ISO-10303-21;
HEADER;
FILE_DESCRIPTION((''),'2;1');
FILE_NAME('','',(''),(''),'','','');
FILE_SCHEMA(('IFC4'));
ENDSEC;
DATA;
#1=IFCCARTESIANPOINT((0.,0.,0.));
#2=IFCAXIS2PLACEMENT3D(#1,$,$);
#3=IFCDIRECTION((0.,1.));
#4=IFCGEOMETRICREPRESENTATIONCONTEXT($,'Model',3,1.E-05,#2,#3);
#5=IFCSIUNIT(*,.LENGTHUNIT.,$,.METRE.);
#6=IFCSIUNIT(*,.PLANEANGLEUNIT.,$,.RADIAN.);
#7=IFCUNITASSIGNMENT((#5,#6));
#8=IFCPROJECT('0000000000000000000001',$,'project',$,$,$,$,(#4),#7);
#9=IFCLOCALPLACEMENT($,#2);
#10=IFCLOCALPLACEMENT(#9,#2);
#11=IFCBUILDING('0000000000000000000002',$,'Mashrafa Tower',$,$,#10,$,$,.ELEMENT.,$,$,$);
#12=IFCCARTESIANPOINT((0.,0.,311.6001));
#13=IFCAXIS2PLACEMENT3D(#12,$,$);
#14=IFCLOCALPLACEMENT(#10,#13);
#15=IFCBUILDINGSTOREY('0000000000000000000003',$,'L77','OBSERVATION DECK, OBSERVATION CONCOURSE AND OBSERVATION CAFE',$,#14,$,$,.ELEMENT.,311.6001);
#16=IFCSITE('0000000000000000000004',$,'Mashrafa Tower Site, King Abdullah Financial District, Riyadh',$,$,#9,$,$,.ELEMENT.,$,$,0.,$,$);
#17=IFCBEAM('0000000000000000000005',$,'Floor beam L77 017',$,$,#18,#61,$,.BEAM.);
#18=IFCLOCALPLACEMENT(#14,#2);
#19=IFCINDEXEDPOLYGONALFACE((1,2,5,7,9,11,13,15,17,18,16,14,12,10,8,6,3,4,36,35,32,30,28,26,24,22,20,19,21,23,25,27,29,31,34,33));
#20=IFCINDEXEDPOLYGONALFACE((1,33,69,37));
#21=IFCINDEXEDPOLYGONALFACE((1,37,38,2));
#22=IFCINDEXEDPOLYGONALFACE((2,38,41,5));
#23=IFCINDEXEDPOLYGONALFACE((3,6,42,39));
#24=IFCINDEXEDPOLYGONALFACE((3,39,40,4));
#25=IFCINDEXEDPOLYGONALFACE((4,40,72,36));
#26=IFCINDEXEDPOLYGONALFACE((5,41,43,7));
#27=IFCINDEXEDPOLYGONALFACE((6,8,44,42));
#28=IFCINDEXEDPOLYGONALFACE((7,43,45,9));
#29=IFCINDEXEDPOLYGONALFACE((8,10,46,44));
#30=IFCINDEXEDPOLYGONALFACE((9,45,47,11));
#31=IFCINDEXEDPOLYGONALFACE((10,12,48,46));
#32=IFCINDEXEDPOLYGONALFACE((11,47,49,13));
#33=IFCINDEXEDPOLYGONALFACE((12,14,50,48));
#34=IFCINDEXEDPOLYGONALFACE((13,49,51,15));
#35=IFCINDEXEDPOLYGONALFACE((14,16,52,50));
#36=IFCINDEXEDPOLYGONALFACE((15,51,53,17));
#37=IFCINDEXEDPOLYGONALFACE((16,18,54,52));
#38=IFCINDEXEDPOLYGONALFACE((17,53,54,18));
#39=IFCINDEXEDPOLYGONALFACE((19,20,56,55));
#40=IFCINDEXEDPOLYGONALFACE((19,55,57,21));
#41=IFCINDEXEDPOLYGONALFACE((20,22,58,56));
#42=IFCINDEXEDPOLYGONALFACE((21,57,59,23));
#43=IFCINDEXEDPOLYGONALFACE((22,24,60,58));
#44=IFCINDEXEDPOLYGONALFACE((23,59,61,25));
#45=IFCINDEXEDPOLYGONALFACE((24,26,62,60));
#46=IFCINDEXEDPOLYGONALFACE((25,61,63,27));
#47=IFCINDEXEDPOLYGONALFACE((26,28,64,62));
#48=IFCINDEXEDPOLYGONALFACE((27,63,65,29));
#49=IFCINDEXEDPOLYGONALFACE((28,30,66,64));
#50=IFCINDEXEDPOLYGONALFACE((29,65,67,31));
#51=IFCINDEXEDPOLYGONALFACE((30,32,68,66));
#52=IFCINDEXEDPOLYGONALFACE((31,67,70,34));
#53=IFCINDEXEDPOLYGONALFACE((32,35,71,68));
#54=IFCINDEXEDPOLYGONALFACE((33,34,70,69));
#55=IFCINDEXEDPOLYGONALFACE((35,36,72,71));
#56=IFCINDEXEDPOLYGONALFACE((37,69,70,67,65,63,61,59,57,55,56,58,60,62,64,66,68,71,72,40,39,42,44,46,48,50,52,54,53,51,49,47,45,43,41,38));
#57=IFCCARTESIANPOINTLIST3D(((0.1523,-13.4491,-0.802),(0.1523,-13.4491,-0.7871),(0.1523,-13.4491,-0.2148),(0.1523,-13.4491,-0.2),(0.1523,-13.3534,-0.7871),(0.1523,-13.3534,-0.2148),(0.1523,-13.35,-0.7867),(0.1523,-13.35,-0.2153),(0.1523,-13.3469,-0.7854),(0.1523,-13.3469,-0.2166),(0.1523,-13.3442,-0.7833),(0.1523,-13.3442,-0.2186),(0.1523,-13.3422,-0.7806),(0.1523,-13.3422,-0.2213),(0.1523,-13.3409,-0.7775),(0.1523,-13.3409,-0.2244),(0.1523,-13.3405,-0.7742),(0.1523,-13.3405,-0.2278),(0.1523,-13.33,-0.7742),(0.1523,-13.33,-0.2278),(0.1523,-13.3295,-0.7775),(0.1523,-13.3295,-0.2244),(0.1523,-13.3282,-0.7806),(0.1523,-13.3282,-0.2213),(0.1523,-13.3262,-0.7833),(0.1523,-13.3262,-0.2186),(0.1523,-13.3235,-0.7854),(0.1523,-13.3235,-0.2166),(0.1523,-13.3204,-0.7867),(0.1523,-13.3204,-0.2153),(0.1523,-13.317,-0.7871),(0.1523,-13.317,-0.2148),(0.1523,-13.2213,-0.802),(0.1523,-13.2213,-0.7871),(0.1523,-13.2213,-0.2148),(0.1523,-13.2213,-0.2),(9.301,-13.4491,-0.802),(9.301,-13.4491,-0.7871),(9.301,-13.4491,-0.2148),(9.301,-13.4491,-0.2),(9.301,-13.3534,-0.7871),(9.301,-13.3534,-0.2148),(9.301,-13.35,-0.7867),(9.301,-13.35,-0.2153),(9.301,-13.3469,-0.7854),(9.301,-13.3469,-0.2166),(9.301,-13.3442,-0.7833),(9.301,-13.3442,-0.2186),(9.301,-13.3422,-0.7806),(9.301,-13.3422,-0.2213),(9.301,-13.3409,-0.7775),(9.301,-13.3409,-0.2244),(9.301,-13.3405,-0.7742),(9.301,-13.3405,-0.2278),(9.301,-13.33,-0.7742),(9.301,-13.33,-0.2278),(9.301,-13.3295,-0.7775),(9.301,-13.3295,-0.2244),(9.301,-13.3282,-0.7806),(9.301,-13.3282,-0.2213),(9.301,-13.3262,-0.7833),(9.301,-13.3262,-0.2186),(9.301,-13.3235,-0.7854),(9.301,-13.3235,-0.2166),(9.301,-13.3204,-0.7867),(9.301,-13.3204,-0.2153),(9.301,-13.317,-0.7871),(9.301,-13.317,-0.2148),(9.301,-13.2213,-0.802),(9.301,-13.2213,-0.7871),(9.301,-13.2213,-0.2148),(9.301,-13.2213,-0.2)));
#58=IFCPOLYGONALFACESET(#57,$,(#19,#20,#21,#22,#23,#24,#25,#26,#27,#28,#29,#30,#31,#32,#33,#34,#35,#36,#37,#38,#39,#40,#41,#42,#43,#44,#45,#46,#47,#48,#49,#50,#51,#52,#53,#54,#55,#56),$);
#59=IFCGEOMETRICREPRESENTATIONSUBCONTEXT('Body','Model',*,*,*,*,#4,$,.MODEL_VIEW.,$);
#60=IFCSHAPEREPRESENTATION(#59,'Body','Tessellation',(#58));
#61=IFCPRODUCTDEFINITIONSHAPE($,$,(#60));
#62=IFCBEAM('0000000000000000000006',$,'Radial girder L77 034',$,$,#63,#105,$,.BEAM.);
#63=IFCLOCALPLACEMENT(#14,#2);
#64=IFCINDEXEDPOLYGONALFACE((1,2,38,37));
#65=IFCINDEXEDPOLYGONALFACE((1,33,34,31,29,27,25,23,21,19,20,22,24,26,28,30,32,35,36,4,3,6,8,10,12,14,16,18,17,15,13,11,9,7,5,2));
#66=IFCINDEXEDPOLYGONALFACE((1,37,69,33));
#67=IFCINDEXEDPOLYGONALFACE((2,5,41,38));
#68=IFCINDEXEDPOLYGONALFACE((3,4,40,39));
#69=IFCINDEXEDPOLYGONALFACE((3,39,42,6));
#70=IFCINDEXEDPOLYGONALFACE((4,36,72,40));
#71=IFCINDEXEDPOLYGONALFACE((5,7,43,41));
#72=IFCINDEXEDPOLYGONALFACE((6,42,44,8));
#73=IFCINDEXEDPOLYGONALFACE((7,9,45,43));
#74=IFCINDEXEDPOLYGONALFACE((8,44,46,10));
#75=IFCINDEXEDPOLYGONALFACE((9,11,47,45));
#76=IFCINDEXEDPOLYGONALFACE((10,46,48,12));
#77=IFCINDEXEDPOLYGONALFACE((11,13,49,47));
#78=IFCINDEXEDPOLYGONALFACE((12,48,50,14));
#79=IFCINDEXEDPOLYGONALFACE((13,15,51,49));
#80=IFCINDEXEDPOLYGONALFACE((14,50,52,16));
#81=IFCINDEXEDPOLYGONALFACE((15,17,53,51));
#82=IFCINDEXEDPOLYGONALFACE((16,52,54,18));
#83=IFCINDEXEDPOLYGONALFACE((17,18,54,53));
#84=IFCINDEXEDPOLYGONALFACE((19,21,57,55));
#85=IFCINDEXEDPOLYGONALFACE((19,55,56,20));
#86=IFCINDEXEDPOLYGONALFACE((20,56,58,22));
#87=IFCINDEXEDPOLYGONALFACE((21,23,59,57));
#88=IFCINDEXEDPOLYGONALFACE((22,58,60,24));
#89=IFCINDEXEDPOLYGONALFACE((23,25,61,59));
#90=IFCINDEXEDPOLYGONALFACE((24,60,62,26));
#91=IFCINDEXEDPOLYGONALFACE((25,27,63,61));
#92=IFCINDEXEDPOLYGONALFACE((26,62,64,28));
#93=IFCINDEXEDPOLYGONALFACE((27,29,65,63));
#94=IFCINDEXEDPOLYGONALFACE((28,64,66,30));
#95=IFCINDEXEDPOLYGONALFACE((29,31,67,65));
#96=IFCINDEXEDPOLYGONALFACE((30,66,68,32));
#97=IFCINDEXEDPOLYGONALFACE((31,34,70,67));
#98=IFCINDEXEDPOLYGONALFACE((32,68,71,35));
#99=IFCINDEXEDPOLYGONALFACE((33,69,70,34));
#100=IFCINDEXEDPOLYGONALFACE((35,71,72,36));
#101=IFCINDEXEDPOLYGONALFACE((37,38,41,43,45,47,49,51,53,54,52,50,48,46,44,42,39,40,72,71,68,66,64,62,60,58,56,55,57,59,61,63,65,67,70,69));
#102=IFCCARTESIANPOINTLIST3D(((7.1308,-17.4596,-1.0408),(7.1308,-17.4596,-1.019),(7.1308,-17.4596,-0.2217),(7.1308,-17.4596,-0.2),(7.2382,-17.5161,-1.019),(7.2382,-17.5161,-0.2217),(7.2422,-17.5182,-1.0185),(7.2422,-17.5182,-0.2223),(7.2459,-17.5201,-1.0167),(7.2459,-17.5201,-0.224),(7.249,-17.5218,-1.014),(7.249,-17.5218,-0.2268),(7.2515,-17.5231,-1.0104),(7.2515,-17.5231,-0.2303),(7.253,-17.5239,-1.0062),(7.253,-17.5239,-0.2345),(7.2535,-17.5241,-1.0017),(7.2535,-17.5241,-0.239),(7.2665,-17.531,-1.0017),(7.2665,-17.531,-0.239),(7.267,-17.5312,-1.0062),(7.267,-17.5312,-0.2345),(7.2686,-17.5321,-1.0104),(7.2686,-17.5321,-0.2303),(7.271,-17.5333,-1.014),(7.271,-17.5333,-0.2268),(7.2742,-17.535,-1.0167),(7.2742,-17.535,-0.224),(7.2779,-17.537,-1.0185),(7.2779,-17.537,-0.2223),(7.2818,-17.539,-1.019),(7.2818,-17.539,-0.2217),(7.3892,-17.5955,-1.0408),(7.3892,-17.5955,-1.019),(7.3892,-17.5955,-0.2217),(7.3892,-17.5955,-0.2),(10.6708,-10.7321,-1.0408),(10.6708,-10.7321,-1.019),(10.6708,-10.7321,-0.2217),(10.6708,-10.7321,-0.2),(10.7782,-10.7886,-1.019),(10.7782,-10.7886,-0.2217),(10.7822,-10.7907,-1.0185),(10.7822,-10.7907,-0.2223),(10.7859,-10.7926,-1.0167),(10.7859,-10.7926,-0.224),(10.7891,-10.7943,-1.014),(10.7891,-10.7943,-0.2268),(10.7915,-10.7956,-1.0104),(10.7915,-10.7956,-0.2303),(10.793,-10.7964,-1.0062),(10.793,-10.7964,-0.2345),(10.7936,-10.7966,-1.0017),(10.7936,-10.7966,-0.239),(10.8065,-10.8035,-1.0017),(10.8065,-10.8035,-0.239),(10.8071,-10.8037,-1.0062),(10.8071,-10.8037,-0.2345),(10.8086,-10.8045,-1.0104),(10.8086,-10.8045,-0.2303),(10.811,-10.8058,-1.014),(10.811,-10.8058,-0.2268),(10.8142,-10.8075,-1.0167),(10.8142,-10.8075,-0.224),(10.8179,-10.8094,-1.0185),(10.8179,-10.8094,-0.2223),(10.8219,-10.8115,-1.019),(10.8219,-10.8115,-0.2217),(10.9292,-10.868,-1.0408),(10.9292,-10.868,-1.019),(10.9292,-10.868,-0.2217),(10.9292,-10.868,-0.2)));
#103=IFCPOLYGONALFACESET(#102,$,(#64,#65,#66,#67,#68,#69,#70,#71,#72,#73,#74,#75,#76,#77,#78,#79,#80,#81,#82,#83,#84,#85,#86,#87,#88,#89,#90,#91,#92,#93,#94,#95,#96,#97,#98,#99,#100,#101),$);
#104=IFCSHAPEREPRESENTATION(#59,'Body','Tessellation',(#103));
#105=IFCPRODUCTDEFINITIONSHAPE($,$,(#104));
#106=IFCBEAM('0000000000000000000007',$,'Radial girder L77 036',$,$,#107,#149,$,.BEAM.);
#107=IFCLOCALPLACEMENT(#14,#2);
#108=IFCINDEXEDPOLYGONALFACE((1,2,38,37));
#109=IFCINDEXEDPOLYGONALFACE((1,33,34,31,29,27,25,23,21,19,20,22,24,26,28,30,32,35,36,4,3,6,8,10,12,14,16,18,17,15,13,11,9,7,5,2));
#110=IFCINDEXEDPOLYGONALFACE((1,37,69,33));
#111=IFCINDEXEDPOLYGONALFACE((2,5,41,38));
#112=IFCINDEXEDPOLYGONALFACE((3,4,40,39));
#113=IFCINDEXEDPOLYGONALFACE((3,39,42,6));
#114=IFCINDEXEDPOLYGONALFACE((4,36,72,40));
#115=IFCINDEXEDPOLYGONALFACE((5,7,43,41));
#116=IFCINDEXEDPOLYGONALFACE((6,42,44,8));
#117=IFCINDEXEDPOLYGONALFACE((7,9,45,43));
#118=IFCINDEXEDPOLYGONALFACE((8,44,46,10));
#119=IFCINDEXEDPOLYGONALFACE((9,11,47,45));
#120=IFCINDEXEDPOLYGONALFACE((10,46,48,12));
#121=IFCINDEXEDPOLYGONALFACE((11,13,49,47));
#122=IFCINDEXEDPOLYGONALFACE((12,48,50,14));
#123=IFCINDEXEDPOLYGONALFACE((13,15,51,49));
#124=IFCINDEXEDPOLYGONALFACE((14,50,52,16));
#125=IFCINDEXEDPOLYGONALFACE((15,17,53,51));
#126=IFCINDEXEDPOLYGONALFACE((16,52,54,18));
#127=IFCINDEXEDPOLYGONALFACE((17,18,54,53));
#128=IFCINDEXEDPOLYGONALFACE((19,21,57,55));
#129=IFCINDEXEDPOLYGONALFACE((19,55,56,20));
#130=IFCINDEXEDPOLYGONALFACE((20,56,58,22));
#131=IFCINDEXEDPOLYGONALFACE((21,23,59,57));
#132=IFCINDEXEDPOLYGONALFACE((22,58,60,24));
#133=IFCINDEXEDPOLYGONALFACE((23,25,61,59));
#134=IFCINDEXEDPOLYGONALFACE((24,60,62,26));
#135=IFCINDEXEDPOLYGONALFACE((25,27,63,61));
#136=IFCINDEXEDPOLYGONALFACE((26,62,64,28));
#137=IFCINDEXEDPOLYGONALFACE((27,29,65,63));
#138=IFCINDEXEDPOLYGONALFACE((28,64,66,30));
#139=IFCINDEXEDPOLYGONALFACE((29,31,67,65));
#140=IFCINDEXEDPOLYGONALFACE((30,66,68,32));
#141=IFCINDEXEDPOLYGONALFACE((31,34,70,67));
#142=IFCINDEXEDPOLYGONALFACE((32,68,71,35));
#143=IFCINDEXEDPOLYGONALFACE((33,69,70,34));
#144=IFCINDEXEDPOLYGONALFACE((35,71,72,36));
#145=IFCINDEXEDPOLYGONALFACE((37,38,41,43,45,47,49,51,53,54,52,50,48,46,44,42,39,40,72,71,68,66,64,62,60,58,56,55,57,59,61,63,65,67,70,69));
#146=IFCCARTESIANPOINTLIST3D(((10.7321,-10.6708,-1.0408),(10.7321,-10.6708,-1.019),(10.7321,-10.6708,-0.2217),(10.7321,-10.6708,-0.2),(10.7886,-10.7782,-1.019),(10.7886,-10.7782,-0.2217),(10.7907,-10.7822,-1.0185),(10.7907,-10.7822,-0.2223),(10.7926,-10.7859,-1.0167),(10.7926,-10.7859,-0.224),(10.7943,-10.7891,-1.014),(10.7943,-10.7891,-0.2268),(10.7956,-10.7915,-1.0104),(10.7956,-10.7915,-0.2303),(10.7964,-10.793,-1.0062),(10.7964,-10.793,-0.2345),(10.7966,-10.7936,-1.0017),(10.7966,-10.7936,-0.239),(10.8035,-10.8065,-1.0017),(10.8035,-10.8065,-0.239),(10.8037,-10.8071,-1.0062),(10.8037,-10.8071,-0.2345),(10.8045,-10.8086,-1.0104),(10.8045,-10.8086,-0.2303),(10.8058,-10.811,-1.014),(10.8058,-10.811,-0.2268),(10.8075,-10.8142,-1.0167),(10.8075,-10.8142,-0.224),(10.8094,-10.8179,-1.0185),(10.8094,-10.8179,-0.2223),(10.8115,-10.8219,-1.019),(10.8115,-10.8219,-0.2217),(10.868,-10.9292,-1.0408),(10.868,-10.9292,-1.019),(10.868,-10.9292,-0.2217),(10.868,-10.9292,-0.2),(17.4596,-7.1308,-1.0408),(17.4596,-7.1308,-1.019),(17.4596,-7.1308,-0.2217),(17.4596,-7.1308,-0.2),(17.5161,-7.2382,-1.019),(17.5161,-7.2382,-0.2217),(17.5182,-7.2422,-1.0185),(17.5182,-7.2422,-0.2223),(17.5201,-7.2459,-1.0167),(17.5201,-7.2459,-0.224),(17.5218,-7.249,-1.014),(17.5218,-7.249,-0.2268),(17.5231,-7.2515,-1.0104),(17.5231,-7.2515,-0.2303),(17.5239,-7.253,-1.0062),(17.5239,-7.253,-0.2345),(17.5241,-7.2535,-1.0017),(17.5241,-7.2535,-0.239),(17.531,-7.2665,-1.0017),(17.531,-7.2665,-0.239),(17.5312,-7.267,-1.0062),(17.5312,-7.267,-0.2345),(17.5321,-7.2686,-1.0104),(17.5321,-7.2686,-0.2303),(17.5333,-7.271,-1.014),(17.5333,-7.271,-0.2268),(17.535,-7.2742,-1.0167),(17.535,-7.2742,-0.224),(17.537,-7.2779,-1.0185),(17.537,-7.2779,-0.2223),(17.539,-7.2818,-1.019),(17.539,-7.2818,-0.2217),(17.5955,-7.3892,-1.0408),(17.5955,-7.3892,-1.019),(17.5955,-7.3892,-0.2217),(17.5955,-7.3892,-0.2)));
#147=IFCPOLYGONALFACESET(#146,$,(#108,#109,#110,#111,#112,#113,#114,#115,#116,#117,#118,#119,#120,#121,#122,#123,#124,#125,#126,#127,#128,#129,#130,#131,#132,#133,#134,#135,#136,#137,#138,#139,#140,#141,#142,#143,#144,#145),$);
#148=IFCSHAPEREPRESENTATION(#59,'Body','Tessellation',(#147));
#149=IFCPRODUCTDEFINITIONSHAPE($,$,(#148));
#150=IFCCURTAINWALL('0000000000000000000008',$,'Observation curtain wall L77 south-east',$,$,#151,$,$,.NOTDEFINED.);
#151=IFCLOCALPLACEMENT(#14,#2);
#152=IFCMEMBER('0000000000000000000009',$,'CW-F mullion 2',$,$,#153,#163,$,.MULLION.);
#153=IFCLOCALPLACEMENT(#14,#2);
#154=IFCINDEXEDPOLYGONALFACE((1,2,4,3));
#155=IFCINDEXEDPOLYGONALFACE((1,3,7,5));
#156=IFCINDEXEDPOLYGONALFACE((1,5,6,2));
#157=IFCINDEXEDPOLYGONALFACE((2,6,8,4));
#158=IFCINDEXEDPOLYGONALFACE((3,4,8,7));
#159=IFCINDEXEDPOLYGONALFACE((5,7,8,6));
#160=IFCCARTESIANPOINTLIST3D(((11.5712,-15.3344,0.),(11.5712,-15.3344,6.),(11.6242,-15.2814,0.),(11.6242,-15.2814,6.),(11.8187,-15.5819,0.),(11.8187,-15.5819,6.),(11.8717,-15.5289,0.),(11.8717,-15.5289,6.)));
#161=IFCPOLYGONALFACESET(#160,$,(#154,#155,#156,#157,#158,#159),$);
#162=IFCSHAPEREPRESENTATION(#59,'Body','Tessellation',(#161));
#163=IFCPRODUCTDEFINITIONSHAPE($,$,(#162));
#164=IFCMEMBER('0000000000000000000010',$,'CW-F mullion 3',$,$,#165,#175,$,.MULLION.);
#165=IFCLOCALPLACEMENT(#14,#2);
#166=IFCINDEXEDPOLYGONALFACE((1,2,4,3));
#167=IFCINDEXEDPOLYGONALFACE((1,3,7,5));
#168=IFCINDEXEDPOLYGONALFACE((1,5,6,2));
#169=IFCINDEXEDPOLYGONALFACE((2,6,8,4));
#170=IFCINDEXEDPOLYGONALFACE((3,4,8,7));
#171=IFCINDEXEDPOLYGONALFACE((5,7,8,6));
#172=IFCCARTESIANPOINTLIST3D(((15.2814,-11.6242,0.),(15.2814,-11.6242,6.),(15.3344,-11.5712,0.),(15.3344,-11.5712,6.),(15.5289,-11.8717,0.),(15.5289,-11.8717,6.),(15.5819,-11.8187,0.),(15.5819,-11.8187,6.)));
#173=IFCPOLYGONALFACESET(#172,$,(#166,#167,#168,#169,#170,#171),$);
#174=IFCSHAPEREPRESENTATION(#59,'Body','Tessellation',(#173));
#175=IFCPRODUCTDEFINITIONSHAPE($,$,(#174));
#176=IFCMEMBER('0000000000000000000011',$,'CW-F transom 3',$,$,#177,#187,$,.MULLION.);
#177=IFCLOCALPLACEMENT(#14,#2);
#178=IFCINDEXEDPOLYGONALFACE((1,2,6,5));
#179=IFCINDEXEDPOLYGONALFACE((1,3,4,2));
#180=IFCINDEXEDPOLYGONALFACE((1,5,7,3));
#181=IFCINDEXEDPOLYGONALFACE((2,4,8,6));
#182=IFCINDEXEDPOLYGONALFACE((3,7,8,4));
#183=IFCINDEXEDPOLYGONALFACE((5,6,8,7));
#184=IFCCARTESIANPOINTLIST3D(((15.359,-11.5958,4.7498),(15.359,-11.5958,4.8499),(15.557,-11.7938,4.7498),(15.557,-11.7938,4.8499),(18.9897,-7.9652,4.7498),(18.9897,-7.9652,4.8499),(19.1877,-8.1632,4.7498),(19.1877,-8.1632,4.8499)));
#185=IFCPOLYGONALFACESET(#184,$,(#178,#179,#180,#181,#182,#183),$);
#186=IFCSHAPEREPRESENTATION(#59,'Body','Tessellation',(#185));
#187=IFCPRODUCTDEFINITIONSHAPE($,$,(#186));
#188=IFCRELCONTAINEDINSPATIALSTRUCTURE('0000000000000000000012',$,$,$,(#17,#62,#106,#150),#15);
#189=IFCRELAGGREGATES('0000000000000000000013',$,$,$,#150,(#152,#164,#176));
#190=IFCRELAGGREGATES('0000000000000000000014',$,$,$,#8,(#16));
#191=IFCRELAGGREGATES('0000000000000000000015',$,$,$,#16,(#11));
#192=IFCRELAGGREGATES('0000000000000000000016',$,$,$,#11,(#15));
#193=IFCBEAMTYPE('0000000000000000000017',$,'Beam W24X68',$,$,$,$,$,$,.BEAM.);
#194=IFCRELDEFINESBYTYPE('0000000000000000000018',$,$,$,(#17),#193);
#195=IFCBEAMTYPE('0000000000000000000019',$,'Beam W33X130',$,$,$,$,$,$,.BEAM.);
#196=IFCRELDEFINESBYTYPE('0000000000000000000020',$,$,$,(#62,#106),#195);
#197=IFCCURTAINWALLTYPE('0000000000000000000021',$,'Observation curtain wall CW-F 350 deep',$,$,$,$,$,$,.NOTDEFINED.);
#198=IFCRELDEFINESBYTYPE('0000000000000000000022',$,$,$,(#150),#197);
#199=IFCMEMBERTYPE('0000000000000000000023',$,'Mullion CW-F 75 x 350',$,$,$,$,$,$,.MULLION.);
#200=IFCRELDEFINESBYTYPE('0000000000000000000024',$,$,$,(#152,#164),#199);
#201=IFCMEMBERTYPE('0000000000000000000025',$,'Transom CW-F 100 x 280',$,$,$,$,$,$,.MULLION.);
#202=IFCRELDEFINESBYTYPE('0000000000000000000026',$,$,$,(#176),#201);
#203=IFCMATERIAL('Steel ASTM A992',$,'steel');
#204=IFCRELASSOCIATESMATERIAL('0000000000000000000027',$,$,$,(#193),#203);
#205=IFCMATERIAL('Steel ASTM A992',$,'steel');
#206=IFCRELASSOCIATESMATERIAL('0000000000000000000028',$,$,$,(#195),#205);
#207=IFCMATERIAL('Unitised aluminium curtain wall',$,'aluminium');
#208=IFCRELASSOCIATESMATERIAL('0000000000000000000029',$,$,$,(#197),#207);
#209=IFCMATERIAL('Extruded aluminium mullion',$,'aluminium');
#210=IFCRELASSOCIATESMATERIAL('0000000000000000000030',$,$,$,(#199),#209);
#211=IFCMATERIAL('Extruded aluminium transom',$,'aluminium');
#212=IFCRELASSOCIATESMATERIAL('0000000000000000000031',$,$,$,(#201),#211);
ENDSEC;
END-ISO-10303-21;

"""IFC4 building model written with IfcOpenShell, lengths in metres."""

from ifc_helpers import new_model, si_unit, direction, frame, origin, origin_2d, place, context, subcontext, project, spatial, rectangle, i_section, extrude, source, transform, mapped, material, material_profile, profile_set, type_object, type_shapes, element, aggregate, save


model = new_model("IFC4")

# Units and contexts
model_context = context("Model", 3, precision=1e-05, world=origin(), true_north=direction((0.0, 1.0)))
body_context = subcontext(model_context, "Body", "Model", "MODEL_VIEW")
ifc_project = project(units=[si_unit("LENGTHUNIT", "METRE"), si_unit("PLANEANGLEUNIT", "RADIAN")], contexts=[model_context])

# Site, building, storey
site_placement = place(None, origin())
site = spatial("IfcSite", under=ifc_project, at=site_placement, Name="Mashrafa Tower Site, King Abdullah Financial District, Riyadh", CompositionType="ELEMENT", RefElevation=0.0)
building_placement = place(site_placement, origin())
building = spatial("IfcBuilding", under=site, at=building_placement, Name="Mashrafa Tower", CompositionType="ELEMENT")
storey_placement = place(building_placement, frame((0.0, 0.0, 311.6001)))
storey = spatial("IfcBuildingStorey", under=building, at=storey_placement, Name="L77", Description="OBSERVATION DECK, OBSERVATION CONCOURSE AND OBSERVATION CAFE", CompositionType="ELEMENT", Elevation=311.6001)

# Beams
ifc_material_1 = material(Name="Steel ASTM A992", Category="steel")
ifc_material_profile_1 = material_profile(ifc_material_1, i_section(OverallWidth=0.2278, OverallDepth=0.6021, WebThickness=0.0105, FlangeThickness=0.0149, FilletRadius=0.0129, at=origin_2d()), Name="W24X68")
ifc_profile_set_1 = profile_set([ifc_material_profile_1], Name="Steel ASTM A992")
beam_type_1 = type_object("IfcBeamType", Name="Beam W24X68", PredefinedType="BEAM", material=ifc_profile_set_1)
beam_1_placement = place(storey_placement, frame((9.301, -13.3352, -0.501), z_axis=(-1.0, 0.0, 0.0), x_axis=(0.0, -1.0, 0.0)))
element("IfcBeam", 1, at=beam_1_placement, inside=storey, type_object=beam_type_1, Name="Floor beam L77 017", PredefinedType="BEAM", context=body_context, shape_type="SweptSolid", body=[
    extrude(i_section(OverallWidth=0.2278, OverallDepth=0.6021, WebThickness=0.0105, FlangeThickness=0.0149, FilletRadius=0.0129, at=origin_2d()), origin(), (0.0, 0.0, 1.0), 9.1487),
])
ifc_material_2 = material(Name="Steel ASTM A992", Category="steel")
ifc_material_profile_2 = material_profile(ifc_material_2, i_section(OverallWidth=0.292, OverallDepth=0.8408, WebThickness=0.0146, FlangeThickness=0.0217, FilletRadius=0.0173, at=origin_2d()), Name="W33X130")
ifc_profile_set_2 = profile_set([ifc_material_profile_2], Name="Steel ASTM A992")
beam_type_2 = type_object("IfcBeamType", Name="Beam W33X130", PredefinedType="BEAM", material=ifc_profile_set_2)
for number, where, z_axis, x_axis, name in (
    (2, (10.8, -10.8, -0.6204), (-0.465667, -0.88496, 0.0), (0.88496, -0.465667, 0.0), "Radial girder L77 034"),
    (3, (10.8, -10.8, -0.6204), (0.88496, 0.465667, 0.0), (-0.465667, 0.88496, 0.0), "Radial girder L77 036"),
):
    element("IfcBeam", number, at=place(storey_placement, frame(where, z_axis=z_axis, x_axis=x_axis)), inside=storey, type_object=beam_type_2, Name=name, PredefinedType="BEAM", context=body_context, shape_type="SweptSolid", body=[
        extrude(i_section(OverallWidth=0.292, OverallDepth=0.8408, WebThickness=0.0146, FlangeThickness=0.0217, FilletRadius=0.0173, at=origin_2d()), origin(), (0.0, 0.0, 1.0), 7.6021),
    ])

# Curtain wall, members
ifc_material_3 = material(Name="Unitised aluminium curtain wall", Category="aluminium")
curtain_wall_type = type_object("IfcCurtainWallType", Name="Observation curtain wall CW-F 350 deep", PredefinedType="NOTDEFINED", material=ifc_material_3)
curtain_wall_placement = place(storey_placement, origin())
curtain_wall = element("IfcCurtainWall", 4, at=curtain_wall_placement, inside=storey, type_object=curtain_wall_type, Name="Observation curtain wall L77 south-east", PredefinedType="NOTDEFINED")
ifc_material_4 = material(Name="Extruded aluminium mullion", Category="aluminium")
ifc_material_profile_3 = material_profile(ifc_material_4, rectangle(XDim=0.3501, YDim=0.075, at=origin_2d()), Name="Mullion 75x350")
ifc_profile_set_3 = profile_set([ifc_material_profile_3], Name="Extruded aluminium mullion")
member_type_1 = type_object("IfcMemberType", Name="Mullion CW-F 75 x 350", PredefinedType="MULLION", material=ifc_profile_set_3)
shared_shape_1 = source(origin(), body_context, "Body", "SweptSolid", [
    extrude(rectangle(XDim=0.3501, YDim=0.075, at=origin_2d()), origin(), (0.0, 0.0, 1.0), 6.0),
])
type_shapes(member_type_1, [shared_shape_1])
member_1_placement = place(storey_placement, frame((11.7214, -15.4316, 0.0), z_axis=(0.0, 0.0, 1.0), x_axis=(-0.707107, 0.707107, 0.0)))
member_1 = element("IfcMember", 5, at=member_1_placement, type_object=member_type_1, Name="CW-F mullion 2", PredefinedType="MULLION", context=body_context, shape_type="MappedRepresentation", body=[
    mapped(shared_shape_1, transform((0.0, 0.0, 0.0))),
])
member_2_placement = place(storey_placement, frame((15.4316, -11.7214, 0.0), z_axis=(0.0, 0.0, 1.0), x_axis=(-0.707107, 0.707107, 0.0)))
member_2 = element("IfcMember", 6, at=member_2_placement, type_object=member_type_1, Name="CW-F mullion 3", PredefinedType="MULLION", context=body_context, shape_type="MappedRepresentation", body=[
    mapped(shared_shape_1, transform((0.0, 0.0, 0.0))),
])
ifc_material_5 = material(Name="Extruded aluminium transom", Category="aluminium")
ifc_material_profile_4 = material_profile(ifc_material_5, rectangle(XDim=0.28, YDim=0.1001, at=origin_2d()), Name="Transom 100x280")
ifc_profile_set_4 = profile_set([ifc_material_profile_4], Name="Extruded aluminium transom")
member_type_2 = type_object("IfcMemberType", Name="Transom CW-F 100 x 280", PredefinedType="MULLION", material=ifc_profile_set_4)
shared_shape_2 = source(origin(), body_context, "Body", "SweptSolid", [
    extrude(rectangle(XDim=0.28, YDim=0.1001, at=origin_2d()), origin(), (0.0, 0.0, 1.0), 5.1345),
])
member_3_placement = place(storey_placement, frame((15.458, -11.6948, 4.7998), z_axis=(0.707107, 0.707107, 0.0), x_axis=(-0.707107, 0.707107, 0.0)))
member_3 = element("IfcMember", 7, at=member_3_placement, type_object=member_type_2, Name="CW-F transom 3", PredefinedType="MULLION", context=body_context, shape_type="MappedRepresentation", body=[
    mapped(shared_shape_2, transform((0.0, 0.0, 0.0))),
])
aggregate(curtain_wall, [member_1, member_2, member_3])

save(model, "model.ifc")
